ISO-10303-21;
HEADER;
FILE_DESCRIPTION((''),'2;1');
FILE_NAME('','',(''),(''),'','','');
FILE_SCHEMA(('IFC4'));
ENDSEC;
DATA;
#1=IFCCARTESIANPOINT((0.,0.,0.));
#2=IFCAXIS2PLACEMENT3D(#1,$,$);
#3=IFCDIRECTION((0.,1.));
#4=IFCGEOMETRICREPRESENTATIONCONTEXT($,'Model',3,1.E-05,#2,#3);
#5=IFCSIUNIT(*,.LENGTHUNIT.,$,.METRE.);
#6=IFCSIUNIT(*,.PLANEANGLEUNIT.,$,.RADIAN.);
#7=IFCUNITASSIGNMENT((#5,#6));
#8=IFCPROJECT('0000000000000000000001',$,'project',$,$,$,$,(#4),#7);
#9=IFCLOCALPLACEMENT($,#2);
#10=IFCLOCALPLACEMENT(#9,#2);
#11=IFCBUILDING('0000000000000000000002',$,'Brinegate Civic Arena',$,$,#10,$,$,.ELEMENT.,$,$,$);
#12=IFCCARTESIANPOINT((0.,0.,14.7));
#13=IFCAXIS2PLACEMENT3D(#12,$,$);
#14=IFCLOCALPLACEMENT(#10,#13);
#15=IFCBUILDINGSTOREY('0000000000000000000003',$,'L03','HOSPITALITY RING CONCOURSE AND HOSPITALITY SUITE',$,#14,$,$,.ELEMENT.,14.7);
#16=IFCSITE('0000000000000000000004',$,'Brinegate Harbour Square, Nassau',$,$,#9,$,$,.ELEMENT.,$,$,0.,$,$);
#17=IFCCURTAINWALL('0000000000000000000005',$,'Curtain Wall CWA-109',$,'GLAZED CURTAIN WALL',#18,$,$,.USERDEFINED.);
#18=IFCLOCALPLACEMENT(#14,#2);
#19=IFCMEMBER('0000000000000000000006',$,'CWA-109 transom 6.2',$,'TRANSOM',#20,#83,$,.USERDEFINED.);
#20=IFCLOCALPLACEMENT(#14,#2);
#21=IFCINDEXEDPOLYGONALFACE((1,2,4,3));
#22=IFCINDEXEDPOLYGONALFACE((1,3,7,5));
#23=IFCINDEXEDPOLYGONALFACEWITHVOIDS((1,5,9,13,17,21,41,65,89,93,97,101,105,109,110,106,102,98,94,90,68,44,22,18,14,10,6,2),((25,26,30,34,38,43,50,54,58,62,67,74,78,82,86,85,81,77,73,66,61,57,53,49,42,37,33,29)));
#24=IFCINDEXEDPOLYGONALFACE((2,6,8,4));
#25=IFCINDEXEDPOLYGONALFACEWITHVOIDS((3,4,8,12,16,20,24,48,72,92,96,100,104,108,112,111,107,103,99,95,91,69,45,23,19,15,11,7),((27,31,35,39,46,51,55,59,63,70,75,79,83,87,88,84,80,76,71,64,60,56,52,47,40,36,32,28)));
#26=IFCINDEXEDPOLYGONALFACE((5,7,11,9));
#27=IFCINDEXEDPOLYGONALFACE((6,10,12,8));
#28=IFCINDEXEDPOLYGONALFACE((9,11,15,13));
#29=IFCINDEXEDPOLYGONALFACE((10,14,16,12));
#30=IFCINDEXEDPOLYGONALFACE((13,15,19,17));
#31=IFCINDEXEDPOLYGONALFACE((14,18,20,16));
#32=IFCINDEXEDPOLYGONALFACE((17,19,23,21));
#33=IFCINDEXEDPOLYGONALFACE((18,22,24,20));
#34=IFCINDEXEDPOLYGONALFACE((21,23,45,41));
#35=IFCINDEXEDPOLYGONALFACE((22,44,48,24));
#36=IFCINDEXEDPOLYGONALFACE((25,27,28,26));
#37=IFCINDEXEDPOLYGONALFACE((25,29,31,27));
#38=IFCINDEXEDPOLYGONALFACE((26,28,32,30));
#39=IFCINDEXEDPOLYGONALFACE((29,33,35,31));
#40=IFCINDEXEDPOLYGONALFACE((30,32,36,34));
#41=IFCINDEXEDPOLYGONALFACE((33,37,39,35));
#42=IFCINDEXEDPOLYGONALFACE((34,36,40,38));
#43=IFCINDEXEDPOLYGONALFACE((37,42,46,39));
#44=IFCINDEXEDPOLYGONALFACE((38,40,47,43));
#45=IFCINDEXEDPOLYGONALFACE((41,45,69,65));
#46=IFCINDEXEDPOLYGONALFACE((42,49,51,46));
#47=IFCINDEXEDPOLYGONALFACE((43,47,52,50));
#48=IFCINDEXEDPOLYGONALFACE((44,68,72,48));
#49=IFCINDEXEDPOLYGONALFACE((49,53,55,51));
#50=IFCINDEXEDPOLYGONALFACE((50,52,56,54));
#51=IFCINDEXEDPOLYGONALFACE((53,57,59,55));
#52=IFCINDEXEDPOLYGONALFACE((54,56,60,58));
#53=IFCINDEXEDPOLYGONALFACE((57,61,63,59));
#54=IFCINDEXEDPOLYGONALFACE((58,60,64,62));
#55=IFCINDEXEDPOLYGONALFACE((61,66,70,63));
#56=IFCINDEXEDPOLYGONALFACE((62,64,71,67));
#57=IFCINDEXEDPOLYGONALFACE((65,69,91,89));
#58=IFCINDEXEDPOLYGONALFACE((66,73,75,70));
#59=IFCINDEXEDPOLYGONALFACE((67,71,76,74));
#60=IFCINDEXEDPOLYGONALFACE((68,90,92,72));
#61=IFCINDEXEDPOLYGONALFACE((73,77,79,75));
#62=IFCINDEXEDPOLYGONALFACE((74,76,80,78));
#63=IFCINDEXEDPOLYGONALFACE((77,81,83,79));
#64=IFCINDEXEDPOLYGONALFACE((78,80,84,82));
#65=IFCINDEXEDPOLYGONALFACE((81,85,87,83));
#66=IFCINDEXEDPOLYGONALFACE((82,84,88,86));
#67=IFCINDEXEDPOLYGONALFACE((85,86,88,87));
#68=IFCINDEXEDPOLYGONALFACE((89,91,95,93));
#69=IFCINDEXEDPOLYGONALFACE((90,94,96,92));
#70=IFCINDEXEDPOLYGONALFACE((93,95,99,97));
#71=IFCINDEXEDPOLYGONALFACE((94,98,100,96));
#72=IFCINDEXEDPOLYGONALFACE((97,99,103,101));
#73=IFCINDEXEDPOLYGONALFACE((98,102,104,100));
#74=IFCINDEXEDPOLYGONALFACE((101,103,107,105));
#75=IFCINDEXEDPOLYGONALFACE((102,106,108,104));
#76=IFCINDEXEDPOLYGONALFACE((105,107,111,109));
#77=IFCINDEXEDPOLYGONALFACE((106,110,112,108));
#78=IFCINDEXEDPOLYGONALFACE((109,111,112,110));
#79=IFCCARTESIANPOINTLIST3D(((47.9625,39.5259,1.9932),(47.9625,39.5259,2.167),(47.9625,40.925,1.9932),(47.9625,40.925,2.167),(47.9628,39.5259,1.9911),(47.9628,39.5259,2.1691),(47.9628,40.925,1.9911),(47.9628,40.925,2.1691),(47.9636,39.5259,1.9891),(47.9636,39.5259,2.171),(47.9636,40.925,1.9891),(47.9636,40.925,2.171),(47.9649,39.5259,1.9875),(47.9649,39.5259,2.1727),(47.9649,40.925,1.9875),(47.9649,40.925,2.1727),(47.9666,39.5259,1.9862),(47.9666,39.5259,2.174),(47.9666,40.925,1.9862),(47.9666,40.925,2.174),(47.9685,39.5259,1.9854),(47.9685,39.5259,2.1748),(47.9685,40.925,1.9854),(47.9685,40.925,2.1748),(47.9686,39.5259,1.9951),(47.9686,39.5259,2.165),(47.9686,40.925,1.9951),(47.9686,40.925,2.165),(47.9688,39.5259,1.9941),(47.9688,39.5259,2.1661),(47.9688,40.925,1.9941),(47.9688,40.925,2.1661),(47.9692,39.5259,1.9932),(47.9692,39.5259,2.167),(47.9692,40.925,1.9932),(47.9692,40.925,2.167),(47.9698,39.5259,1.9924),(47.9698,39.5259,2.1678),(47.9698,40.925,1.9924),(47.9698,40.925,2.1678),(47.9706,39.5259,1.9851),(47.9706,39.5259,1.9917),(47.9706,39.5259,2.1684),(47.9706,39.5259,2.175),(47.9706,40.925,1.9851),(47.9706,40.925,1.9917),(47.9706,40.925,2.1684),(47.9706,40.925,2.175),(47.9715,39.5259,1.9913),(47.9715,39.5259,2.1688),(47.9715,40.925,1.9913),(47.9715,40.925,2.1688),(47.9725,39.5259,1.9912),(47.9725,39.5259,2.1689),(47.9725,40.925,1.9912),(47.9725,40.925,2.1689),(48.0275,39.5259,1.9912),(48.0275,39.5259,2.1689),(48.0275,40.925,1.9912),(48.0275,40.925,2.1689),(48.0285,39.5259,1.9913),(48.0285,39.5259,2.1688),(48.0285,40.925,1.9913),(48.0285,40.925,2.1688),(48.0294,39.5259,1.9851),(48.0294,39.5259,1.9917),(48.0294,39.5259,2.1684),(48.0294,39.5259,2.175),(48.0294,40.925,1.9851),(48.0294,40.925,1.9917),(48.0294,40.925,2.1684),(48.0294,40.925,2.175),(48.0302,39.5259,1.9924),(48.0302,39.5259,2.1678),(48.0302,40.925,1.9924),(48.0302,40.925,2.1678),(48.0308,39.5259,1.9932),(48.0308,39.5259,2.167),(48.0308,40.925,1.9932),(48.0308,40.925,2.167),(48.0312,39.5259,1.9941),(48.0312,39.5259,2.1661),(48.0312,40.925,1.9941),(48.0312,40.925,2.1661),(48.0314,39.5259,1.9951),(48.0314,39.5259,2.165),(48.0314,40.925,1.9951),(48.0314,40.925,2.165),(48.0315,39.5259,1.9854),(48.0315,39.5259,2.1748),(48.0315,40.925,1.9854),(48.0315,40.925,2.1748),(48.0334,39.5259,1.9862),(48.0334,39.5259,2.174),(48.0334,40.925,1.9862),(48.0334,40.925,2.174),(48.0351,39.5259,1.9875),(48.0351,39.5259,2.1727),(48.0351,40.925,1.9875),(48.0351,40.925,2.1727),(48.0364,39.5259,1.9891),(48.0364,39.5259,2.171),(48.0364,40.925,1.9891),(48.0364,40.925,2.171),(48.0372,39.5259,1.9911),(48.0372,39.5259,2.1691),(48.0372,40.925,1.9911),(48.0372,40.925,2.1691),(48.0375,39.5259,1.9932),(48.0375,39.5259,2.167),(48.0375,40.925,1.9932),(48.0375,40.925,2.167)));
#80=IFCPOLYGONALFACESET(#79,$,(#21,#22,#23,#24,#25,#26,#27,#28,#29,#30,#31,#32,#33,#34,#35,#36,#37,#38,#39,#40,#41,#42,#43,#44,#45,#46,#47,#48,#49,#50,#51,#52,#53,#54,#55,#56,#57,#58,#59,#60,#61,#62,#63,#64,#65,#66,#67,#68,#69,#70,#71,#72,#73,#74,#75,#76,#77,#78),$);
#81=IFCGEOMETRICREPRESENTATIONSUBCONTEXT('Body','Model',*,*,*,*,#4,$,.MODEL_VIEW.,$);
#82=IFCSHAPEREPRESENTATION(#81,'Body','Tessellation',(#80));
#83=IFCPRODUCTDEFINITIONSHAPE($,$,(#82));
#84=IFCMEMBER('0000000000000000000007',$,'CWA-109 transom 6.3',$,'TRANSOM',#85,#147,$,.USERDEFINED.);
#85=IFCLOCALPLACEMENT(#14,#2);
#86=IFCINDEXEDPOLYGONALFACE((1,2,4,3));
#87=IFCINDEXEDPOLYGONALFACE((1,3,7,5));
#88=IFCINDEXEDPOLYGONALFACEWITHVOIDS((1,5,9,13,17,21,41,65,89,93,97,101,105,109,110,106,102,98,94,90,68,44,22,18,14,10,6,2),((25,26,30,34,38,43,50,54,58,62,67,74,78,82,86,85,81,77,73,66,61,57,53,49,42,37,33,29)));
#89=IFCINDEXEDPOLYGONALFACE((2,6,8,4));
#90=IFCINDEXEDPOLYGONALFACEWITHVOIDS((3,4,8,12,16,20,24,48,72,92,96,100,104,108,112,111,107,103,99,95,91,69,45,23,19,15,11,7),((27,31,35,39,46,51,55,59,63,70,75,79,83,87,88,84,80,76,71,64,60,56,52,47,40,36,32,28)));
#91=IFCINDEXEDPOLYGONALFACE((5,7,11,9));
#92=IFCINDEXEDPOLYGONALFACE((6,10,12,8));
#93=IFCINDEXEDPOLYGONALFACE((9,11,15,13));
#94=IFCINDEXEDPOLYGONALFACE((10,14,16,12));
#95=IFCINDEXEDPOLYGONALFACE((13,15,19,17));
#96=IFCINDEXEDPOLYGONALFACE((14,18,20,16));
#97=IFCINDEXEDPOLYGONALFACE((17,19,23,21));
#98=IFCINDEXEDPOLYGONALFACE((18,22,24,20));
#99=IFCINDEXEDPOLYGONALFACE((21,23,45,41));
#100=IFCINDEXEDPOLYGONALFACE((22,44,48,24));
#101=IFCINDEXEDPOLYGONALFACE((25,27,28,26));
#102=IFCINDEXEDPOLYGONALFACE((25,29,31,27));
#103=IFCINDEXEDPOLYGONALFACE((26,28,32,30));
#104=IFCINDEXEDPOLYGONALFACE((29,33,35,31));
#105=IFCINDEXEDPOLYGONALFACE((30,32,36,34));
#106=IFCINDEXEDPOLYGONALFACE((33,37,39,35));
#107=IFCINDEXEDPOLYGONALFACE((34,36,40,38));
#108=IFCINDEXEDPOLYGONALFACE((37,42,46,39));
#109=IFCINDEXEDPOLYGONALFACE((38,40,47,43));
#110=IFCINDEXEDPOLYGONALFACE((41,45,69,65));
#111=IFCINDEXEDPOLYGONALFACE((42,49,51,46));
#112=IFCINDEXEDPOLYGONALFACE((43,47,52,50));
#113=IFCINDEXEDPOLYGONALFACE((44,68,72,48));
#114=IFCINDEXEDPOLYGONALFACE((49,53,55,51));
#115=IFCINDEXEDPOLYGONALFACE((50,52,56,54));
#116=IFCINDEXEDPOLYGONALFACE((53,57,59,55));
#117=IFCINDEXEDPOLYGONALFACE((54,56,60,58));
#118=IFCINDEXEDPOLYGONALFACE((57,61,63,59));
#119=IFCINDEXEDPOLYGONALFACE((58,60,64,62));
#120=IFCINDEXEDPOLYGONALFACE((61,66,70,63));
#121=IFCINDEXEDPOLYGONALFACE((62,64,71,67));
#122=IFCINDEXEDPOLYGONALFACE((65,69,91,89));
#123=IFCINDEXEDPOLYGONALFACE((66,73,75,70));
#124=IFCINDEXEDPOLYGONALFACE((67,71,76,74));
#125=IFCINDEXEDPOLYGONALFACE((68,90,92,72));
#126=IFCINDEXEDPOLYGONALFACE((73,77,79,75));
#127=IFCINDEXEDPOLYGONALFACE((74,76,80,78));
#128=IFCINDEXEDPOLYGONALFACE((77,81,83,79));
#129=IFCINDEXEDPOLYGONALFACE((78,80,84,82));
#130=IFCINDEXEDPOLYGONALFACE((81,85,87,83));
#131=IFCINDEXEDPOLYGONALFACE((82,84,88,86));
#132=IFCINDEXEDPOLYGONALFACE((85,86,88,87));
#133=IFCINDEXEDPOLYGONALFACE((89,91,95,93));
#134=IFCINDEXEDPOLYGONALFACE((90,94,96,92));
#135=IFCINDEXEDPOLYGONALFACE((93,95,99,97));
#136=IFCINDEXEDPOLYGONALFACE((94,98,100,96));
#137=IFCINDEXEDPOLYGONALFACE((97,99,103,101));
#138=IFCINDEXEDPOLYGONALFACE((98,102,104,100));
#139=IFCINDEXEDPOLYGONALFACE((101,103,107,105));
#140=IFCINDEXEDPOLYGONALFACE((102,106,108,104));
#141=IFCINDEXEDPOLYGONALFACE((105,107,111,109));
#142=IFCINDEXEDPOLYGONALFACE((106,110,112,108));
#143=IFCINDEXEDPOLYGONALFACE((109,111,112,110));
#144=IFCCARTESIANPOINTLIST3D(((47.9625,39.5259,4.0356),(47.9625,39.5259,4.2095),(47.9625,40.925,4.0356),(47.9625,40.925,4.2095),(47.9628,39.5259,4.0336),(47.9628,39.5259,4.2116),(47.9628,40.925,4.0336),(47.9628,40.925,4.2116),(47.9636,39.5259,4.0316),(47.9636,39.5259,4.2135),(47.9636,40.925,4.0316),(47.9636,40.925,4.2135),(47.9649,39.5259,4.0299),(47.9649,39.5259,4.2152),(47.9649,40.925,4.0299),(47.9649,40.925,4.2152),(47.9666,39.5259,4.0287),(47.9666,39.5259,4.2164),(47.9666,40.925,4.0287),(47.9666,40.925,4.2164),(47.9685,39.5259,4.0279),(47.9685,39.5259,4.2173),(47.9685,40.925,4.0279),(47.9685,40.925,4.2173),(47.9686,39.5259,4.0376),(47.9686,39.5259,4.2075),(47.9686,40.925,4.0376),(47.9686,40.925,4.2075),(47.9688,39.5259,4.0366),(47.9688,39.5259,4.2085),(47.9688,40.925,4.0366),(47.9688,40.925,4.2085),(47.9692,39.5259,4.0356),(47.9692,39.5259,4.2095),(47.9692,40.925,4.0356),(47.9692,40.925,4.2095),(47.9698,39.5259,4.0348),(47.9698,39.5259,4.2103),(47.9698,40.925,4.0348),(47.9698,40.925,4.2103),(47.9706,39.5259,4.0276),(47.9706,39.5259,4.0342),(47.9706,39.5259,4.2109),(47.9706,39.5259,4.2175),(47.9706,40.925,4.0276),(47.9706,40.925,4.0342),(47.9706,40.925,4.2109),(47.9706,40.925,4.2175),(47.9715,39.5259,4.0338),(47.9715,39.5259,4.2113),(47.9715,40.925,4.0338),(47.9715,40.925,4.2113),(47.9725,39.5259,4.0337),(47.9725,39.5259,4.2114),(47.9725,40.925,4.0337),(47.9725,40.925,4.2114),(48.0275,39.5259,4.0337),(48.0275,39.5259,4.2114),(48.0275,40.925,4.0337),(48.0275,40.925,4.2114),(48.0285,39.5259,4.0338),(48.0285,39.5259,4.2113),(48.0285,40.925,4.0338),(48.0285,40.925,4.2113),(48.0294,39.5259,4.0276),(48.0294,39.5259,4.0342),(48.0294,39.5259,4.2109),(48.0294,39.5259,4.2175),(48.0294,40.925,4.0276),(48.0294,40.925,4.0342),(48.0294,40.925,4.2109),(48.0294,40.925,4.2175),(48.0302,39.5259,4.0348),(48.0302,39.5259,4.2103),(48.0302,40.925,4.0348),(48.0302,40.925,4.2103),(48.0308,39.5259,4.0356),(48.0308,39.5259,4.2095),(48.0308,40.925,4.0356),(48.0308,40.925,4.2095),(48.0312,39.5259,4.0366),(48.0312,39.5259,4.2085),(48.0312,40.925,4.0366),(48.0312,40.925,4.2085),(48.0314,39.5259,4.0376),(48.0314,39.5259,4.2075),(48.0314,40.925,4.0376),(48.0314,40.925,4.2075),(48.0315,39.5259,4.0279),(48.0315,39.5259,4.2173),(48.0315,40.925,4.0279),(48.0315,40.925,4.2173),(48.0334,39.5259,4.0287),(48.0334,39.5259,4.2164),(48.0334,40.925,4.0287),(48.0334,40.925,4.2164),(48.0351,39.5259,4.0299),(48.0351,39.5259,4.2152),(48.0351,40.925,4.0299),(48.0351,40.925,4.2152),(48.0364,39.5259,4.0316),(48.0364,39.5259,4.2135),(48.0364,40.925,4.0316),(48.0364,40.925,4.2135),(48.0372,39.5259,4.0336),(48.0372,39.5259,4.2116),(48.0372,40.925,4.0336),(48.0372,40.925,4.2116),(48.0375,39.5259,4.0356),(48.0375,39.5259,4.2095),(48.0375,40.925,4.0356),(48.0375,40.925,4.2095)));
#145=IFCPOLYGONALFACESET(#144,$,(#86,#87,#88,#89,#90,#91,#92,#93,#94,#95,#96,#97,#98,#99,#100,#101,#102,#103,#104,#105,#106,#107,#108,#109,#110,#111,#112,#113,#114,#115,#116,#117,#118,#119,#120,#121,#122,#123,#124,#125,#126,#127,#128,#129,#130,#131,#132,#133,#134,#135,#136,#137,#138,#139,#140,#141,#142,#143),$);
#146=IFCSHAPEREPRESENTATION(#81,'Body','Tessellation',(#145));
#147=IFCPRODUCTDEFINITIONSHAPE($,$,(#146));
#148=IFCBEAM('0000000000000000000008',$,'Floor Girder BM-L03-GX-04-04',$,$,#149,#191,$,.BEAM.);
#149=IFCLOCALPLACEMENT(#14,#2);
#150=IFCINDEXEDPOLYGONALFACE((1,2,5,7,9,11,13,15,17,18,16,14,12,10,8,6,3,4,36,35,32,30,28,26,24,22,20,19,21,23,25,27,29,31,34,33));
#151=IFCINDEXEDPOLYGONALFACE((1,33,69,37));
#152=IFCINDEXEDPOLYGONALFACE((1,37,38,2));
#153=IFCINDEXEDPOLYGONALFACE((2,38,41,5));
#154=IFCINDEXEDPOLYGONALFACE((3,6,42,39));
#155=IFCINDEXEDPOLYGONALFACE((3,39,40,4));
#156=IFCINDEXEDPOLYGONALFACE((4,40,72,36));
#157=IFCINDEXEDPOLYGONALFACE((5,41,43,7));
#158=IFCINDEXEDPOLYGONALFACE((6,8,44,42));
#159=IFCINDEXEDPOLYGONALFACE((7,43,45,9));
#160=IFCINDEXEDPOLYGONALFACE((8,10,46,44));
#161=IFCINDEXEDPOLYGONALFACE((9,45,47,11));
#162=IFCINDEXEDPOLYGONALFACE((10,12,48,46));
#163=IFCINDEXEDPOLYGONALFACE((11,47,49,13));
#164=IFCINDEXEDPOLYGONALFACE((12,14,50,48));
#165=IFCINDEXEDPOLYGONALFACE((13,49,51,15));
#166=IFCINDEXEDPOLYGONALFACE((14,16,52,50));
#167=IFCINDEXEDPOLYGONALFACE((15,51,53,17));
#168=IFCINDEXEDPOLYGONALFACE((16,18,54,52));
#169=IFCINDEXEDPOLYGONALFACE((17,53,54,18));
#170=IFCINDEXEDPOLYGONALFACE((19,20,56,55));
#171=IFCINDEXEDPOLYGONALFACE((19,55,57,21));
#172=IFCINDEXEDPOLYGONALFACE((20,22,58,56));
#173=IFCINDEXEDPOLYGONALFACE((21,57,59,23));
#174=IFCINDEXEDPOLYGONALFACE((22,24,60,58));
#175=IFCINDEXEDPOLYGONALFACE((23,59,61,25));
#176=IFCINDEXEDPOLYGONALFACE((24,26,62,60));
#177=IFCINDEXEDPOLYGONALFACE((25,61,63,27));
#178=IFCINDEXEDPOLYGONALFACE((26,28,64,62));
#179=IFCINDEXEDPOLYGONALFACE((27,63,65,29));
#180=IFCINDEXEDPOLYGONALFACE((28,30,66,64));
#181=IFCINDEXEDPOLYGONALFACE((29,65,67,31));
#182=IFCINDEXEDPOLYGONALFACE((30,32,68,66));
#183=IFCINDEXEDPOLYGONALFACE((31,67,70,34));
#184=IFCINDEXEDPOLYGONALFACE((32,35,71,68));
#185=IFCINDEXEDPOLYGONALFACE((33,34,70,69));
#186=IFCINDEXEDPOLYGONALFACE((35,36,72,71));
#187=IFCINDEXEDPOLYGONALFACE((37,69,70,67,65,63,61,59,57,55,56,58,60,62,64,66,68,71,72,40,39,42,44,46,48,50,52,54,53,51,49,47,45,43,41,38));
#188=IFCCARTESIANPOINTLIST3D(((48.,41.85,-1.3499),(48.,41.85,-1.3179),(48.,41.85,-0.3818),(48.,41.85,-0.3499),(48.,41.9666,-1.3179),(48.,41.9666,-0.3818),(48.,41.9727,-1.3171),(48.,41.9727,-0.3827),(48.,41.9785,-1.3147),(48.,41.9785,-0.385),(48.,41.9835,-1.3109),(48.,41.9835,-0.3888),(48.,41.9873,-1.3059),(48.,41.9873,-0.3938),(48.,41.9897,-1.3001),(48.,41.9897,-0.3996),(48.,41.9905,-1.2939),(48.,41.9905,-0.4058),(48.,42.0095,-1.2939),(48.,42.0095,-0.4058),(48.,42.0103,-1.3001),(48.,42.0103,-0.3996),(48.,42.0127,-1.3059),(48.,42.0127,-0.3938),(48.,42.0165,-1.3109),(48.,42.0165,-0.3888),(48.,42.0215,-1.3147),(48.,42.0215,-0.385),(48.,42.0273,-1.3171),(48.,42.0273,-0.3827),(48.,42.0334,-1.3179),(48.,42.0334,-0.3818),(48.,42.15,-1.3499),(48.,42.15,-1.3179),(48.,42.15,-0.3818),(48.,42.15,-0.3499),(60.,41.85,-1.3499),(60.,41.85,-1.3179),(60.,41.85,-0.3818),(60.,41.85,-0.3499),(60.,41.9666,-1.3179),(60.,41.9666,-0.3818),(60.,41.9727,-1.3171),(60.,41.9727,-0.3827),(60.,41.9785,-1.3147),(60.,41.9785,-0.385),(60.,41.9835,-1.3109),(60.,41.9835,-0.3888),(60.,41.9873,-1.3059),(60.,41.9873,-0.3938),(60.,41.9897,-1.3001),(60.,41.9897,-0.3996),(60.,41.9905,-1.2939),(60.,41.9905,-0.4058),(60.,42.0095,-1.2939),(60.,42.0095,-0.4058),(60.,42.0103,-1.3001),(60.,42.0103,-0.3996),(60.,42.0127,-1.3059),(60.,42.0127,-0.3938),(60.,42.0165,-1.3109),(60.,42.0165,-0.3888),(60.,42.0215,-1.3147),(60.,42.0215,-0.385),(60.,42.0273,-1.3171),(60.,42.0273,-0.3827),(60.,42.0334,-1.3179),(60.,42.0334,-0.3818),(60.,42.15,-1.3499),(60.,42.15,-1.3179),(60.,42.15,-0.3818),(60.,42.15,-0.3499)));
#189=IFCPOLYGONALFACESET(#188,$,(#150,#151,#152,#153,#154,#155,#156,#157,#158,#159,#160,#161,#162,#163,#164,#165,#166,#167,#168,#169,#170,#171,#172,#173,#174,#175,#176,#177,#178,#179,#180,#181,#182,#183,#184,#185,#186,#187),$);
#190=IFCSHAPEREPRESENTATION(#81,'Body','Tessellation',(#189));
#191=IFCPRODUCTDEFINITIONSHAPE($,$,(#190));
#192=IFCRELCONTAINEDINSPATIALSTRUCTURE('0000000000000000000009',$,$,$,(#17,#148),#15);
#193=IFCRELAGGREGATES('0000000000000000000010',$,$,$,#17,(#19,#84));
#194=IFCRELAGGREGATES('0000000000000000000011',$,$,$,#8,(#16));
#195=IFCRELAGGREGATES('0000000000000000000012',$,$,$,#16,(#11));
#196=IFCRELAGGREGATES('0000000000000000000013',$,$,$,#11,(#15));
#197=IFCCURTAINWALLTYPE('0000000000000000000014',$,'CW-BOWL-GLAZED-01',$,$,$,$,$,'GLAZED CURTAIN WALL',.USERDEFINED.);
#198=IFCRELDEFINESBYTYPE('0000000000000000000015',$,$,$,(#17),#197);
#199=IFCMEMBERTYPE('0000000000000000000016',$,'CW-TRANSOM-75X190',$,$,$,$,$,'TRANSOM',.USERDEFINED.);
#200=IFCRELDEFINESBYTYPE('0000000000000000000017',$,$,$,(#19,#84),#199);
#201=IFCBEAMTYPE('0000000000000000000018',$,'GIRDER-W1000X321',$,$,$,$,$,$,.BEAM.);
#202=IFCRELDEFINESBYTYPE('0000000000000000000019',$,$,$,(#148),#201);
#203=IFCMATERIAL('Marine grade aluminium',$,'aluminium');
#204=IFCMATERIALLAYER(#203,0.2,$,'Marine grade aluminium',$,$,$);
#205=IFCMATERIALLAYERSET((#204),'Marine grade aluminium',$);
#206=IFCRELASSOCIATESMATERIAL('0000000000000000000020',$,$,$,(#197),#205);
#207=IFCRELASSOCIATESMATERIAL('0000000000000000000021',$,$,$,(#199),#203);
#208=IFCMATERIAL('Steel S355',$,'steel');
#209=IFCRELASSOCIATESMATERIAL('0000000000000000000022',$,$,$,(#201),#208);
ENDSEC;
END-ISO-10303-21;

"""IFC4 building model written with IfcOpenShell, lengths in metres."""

from ifc_helpers import new_model, si_unit, direction, frame, origin, origin_2d, place, context, subcontext, project, spatial, hollow_rectangle, i_section, extrude, material, layer, layer_set, material_profile, profile_set, type_object, element, aggregate, save


model = new_model("IFC4")

# Units and contexts
model_context = context("Model", 3, precision=1e-05, world=origin(), true_north=direction((0.0, 1.0)))
body_context = subcontext(model_context, "Body", "Model", "MODEL_VIEW")
ifc_project = project(units=[si_unit("LENGTHUNIT", "METRE"), si_unit("PLANEANGLEUNIT", "RADIAN")], contexts=[model_context])

# Site, building, storey
site_placement = place(None, origin())
site = spatial("IfcSite", under=ifc_project, at=site_placement, Name="Brinegate Harbour Square, Nassau", CompositionType="ELEMENT", RefElevation=0.0)
building_placement = place(site_placement, origin())
building = spatial("IfcBuilding", under=site, at=building_placement, Name="Brinegate Civic Arena", CompositionType="ELEMENT")
storey_placement = place(building_placement, frame((0.0, 0.0, 14.7)))
storey = spatial("IfcBuildingStorey", under=building, at=storey_placement, Name="L03", Description="HOSPITALITY RING CONCOURSE AND HOSPITALITY SUITE", CompositionType="ELEMENT", Elevation=14.7)

# Curtain wall
ifc_material_1 = material(Name="Marine grade aluminium", Category="aluminium")
ifc_layer_1 = layer(ifc_material_1, 0.2, Name="Marine grade aluminium")
ifc_layer_set_1 = layer_set([ifc_layer_1], Name="Marine grade aluminium")
curtain_wall_type = type_object("IfcCurtainWallType", Name="CW-BOWL-GLAZED-01", ElementType="GLAZED CURTAIN WALL", PredefinedType="USERDEFINED", material=ifc_layer_set_1)
curtain_wall_1_placement = place(storey_placement, origin())
curtain_wall_1 = element("IfcCurtainWall", 1, at=curtain_wall_1_placement, inside=storey, type_object=curtain_wall_type, Name="Curtain Wall CWA-109", ObjectType="GLAZED CURTAIN WALL", PredefinedType="USERDEFINED")

# Members
ifc_material_profile_1 = material_profile(ifc_material_1, hollow_rectangle(XDim=0.075, YDim=0.1899, WallThickness=0.0061, InnerFilletRadius=0.0039, OuterFilletRadius=0.0081, at=origin_2d()), Name="TRN75X190")
ifc_profile_set_1 = profile_set([ifc_material_profile_1], Name="Marine grade aluminium")
member_type_1 = type_object("IfcMemberType", Name="CW-TRANSOM-75X190", ElementType="TRANSOM", PredefinedType="USERDEFINED", material=ifc_profile_set_1)
member_1_placement = place(storey_placement, frame((48.0, 39.5259, 2.0801), z_axis=(0.0, 1.0, 0.0), x_axis=(-1.0, 0.0, 0.0)))
member_1 = element("IfcMember", 2, at=member_1_placement, type_object=member_type_1, Name="CWA-109 transom 6.2", ObjectType="TRANSOM", PredefinedType="USERDEFINED", context=body_context, shape_type="SweptSolid", body=[
    extrude(hollow_rectangle(XDim=0.075, YDim=0.1899, WallThickness=0.0061, InnerFilletRadius=0.0039, OuterFilletRadius=0.0081, at=origin_2d()), origin(), (0.0, 0.0, 1.0), 1.3992),
])
member_2_placement = place(storey_placement, frame((48.0, 39.5259, 4.1226), z_axis=(0.0, 1.0, 0.0), x_axis=(-1.0, 0.0, 0.0)))
member_2 = element("IfcMember", 3, at=member_2_placement, type_object=member_type_1, Name="CWA-109 transom 6.3", ObjectType="TRANSOM", PredefinedType="USERDEFINED", context=body_context, shape_type="SweptSolid", body=[
    extrude(hollow_rectangle(XDim=0.075, YDim=0.1899, WallThickness=0.0061, InnerFilletRadius=0.0039, OuterFilletRadius=0.0081, at=origin_2d()), origin(), (0.0, 0.0, 1.0), 1.3992),
])

# Beam
ifc_material_2 = material(Name="Steel S355", Category="steel")
ifc_material_profile_2 = material_profile(ifc_material_2, i_section(OverallWidth=0.3, OverallDepth=1.0, WebThickness=0.019, FlangeThickness=0.032, FilletRadius=0.0239, at=origin_2d()), Name="W1000X321")
ifc_profile_set_2 = profile_set([ifc_material_profile_2], Name="Steel S355")
beam_type_1 = type_object("IfcBeamType", Name="GIRDER-W1000X321", PredefinedType="BEAM", material=ifc_profile_set_2)
beam_1_placement = place(storey_placement, frame((48.0, 42.0, -0.8499), z_axis=(1.0, 0.0, 0.0), x_axis=(0.0, 1.0, 0.0)))
element("IfcBeam", 4, at=beam_1_placement, inside=storey, type_object=beam_type_1, Name="Floor Girder BM-L03-GX-04-04", PredefinedType="BEAM", context=body_context, shape_type="SweptSolid", body=[
    extrude(i_section(OverallWidth=0.3, OverallDepth=1.0, WebThickness=0.019, FlangeThickness=0.032, FilletRadius=0.0239, at=origin_2d()), origin(), (0.0, 0.0, 1.0), 12.0),
])

aggregate(curtain_wall_1, [member_1, member_2])

save(model, "model.ifc")
